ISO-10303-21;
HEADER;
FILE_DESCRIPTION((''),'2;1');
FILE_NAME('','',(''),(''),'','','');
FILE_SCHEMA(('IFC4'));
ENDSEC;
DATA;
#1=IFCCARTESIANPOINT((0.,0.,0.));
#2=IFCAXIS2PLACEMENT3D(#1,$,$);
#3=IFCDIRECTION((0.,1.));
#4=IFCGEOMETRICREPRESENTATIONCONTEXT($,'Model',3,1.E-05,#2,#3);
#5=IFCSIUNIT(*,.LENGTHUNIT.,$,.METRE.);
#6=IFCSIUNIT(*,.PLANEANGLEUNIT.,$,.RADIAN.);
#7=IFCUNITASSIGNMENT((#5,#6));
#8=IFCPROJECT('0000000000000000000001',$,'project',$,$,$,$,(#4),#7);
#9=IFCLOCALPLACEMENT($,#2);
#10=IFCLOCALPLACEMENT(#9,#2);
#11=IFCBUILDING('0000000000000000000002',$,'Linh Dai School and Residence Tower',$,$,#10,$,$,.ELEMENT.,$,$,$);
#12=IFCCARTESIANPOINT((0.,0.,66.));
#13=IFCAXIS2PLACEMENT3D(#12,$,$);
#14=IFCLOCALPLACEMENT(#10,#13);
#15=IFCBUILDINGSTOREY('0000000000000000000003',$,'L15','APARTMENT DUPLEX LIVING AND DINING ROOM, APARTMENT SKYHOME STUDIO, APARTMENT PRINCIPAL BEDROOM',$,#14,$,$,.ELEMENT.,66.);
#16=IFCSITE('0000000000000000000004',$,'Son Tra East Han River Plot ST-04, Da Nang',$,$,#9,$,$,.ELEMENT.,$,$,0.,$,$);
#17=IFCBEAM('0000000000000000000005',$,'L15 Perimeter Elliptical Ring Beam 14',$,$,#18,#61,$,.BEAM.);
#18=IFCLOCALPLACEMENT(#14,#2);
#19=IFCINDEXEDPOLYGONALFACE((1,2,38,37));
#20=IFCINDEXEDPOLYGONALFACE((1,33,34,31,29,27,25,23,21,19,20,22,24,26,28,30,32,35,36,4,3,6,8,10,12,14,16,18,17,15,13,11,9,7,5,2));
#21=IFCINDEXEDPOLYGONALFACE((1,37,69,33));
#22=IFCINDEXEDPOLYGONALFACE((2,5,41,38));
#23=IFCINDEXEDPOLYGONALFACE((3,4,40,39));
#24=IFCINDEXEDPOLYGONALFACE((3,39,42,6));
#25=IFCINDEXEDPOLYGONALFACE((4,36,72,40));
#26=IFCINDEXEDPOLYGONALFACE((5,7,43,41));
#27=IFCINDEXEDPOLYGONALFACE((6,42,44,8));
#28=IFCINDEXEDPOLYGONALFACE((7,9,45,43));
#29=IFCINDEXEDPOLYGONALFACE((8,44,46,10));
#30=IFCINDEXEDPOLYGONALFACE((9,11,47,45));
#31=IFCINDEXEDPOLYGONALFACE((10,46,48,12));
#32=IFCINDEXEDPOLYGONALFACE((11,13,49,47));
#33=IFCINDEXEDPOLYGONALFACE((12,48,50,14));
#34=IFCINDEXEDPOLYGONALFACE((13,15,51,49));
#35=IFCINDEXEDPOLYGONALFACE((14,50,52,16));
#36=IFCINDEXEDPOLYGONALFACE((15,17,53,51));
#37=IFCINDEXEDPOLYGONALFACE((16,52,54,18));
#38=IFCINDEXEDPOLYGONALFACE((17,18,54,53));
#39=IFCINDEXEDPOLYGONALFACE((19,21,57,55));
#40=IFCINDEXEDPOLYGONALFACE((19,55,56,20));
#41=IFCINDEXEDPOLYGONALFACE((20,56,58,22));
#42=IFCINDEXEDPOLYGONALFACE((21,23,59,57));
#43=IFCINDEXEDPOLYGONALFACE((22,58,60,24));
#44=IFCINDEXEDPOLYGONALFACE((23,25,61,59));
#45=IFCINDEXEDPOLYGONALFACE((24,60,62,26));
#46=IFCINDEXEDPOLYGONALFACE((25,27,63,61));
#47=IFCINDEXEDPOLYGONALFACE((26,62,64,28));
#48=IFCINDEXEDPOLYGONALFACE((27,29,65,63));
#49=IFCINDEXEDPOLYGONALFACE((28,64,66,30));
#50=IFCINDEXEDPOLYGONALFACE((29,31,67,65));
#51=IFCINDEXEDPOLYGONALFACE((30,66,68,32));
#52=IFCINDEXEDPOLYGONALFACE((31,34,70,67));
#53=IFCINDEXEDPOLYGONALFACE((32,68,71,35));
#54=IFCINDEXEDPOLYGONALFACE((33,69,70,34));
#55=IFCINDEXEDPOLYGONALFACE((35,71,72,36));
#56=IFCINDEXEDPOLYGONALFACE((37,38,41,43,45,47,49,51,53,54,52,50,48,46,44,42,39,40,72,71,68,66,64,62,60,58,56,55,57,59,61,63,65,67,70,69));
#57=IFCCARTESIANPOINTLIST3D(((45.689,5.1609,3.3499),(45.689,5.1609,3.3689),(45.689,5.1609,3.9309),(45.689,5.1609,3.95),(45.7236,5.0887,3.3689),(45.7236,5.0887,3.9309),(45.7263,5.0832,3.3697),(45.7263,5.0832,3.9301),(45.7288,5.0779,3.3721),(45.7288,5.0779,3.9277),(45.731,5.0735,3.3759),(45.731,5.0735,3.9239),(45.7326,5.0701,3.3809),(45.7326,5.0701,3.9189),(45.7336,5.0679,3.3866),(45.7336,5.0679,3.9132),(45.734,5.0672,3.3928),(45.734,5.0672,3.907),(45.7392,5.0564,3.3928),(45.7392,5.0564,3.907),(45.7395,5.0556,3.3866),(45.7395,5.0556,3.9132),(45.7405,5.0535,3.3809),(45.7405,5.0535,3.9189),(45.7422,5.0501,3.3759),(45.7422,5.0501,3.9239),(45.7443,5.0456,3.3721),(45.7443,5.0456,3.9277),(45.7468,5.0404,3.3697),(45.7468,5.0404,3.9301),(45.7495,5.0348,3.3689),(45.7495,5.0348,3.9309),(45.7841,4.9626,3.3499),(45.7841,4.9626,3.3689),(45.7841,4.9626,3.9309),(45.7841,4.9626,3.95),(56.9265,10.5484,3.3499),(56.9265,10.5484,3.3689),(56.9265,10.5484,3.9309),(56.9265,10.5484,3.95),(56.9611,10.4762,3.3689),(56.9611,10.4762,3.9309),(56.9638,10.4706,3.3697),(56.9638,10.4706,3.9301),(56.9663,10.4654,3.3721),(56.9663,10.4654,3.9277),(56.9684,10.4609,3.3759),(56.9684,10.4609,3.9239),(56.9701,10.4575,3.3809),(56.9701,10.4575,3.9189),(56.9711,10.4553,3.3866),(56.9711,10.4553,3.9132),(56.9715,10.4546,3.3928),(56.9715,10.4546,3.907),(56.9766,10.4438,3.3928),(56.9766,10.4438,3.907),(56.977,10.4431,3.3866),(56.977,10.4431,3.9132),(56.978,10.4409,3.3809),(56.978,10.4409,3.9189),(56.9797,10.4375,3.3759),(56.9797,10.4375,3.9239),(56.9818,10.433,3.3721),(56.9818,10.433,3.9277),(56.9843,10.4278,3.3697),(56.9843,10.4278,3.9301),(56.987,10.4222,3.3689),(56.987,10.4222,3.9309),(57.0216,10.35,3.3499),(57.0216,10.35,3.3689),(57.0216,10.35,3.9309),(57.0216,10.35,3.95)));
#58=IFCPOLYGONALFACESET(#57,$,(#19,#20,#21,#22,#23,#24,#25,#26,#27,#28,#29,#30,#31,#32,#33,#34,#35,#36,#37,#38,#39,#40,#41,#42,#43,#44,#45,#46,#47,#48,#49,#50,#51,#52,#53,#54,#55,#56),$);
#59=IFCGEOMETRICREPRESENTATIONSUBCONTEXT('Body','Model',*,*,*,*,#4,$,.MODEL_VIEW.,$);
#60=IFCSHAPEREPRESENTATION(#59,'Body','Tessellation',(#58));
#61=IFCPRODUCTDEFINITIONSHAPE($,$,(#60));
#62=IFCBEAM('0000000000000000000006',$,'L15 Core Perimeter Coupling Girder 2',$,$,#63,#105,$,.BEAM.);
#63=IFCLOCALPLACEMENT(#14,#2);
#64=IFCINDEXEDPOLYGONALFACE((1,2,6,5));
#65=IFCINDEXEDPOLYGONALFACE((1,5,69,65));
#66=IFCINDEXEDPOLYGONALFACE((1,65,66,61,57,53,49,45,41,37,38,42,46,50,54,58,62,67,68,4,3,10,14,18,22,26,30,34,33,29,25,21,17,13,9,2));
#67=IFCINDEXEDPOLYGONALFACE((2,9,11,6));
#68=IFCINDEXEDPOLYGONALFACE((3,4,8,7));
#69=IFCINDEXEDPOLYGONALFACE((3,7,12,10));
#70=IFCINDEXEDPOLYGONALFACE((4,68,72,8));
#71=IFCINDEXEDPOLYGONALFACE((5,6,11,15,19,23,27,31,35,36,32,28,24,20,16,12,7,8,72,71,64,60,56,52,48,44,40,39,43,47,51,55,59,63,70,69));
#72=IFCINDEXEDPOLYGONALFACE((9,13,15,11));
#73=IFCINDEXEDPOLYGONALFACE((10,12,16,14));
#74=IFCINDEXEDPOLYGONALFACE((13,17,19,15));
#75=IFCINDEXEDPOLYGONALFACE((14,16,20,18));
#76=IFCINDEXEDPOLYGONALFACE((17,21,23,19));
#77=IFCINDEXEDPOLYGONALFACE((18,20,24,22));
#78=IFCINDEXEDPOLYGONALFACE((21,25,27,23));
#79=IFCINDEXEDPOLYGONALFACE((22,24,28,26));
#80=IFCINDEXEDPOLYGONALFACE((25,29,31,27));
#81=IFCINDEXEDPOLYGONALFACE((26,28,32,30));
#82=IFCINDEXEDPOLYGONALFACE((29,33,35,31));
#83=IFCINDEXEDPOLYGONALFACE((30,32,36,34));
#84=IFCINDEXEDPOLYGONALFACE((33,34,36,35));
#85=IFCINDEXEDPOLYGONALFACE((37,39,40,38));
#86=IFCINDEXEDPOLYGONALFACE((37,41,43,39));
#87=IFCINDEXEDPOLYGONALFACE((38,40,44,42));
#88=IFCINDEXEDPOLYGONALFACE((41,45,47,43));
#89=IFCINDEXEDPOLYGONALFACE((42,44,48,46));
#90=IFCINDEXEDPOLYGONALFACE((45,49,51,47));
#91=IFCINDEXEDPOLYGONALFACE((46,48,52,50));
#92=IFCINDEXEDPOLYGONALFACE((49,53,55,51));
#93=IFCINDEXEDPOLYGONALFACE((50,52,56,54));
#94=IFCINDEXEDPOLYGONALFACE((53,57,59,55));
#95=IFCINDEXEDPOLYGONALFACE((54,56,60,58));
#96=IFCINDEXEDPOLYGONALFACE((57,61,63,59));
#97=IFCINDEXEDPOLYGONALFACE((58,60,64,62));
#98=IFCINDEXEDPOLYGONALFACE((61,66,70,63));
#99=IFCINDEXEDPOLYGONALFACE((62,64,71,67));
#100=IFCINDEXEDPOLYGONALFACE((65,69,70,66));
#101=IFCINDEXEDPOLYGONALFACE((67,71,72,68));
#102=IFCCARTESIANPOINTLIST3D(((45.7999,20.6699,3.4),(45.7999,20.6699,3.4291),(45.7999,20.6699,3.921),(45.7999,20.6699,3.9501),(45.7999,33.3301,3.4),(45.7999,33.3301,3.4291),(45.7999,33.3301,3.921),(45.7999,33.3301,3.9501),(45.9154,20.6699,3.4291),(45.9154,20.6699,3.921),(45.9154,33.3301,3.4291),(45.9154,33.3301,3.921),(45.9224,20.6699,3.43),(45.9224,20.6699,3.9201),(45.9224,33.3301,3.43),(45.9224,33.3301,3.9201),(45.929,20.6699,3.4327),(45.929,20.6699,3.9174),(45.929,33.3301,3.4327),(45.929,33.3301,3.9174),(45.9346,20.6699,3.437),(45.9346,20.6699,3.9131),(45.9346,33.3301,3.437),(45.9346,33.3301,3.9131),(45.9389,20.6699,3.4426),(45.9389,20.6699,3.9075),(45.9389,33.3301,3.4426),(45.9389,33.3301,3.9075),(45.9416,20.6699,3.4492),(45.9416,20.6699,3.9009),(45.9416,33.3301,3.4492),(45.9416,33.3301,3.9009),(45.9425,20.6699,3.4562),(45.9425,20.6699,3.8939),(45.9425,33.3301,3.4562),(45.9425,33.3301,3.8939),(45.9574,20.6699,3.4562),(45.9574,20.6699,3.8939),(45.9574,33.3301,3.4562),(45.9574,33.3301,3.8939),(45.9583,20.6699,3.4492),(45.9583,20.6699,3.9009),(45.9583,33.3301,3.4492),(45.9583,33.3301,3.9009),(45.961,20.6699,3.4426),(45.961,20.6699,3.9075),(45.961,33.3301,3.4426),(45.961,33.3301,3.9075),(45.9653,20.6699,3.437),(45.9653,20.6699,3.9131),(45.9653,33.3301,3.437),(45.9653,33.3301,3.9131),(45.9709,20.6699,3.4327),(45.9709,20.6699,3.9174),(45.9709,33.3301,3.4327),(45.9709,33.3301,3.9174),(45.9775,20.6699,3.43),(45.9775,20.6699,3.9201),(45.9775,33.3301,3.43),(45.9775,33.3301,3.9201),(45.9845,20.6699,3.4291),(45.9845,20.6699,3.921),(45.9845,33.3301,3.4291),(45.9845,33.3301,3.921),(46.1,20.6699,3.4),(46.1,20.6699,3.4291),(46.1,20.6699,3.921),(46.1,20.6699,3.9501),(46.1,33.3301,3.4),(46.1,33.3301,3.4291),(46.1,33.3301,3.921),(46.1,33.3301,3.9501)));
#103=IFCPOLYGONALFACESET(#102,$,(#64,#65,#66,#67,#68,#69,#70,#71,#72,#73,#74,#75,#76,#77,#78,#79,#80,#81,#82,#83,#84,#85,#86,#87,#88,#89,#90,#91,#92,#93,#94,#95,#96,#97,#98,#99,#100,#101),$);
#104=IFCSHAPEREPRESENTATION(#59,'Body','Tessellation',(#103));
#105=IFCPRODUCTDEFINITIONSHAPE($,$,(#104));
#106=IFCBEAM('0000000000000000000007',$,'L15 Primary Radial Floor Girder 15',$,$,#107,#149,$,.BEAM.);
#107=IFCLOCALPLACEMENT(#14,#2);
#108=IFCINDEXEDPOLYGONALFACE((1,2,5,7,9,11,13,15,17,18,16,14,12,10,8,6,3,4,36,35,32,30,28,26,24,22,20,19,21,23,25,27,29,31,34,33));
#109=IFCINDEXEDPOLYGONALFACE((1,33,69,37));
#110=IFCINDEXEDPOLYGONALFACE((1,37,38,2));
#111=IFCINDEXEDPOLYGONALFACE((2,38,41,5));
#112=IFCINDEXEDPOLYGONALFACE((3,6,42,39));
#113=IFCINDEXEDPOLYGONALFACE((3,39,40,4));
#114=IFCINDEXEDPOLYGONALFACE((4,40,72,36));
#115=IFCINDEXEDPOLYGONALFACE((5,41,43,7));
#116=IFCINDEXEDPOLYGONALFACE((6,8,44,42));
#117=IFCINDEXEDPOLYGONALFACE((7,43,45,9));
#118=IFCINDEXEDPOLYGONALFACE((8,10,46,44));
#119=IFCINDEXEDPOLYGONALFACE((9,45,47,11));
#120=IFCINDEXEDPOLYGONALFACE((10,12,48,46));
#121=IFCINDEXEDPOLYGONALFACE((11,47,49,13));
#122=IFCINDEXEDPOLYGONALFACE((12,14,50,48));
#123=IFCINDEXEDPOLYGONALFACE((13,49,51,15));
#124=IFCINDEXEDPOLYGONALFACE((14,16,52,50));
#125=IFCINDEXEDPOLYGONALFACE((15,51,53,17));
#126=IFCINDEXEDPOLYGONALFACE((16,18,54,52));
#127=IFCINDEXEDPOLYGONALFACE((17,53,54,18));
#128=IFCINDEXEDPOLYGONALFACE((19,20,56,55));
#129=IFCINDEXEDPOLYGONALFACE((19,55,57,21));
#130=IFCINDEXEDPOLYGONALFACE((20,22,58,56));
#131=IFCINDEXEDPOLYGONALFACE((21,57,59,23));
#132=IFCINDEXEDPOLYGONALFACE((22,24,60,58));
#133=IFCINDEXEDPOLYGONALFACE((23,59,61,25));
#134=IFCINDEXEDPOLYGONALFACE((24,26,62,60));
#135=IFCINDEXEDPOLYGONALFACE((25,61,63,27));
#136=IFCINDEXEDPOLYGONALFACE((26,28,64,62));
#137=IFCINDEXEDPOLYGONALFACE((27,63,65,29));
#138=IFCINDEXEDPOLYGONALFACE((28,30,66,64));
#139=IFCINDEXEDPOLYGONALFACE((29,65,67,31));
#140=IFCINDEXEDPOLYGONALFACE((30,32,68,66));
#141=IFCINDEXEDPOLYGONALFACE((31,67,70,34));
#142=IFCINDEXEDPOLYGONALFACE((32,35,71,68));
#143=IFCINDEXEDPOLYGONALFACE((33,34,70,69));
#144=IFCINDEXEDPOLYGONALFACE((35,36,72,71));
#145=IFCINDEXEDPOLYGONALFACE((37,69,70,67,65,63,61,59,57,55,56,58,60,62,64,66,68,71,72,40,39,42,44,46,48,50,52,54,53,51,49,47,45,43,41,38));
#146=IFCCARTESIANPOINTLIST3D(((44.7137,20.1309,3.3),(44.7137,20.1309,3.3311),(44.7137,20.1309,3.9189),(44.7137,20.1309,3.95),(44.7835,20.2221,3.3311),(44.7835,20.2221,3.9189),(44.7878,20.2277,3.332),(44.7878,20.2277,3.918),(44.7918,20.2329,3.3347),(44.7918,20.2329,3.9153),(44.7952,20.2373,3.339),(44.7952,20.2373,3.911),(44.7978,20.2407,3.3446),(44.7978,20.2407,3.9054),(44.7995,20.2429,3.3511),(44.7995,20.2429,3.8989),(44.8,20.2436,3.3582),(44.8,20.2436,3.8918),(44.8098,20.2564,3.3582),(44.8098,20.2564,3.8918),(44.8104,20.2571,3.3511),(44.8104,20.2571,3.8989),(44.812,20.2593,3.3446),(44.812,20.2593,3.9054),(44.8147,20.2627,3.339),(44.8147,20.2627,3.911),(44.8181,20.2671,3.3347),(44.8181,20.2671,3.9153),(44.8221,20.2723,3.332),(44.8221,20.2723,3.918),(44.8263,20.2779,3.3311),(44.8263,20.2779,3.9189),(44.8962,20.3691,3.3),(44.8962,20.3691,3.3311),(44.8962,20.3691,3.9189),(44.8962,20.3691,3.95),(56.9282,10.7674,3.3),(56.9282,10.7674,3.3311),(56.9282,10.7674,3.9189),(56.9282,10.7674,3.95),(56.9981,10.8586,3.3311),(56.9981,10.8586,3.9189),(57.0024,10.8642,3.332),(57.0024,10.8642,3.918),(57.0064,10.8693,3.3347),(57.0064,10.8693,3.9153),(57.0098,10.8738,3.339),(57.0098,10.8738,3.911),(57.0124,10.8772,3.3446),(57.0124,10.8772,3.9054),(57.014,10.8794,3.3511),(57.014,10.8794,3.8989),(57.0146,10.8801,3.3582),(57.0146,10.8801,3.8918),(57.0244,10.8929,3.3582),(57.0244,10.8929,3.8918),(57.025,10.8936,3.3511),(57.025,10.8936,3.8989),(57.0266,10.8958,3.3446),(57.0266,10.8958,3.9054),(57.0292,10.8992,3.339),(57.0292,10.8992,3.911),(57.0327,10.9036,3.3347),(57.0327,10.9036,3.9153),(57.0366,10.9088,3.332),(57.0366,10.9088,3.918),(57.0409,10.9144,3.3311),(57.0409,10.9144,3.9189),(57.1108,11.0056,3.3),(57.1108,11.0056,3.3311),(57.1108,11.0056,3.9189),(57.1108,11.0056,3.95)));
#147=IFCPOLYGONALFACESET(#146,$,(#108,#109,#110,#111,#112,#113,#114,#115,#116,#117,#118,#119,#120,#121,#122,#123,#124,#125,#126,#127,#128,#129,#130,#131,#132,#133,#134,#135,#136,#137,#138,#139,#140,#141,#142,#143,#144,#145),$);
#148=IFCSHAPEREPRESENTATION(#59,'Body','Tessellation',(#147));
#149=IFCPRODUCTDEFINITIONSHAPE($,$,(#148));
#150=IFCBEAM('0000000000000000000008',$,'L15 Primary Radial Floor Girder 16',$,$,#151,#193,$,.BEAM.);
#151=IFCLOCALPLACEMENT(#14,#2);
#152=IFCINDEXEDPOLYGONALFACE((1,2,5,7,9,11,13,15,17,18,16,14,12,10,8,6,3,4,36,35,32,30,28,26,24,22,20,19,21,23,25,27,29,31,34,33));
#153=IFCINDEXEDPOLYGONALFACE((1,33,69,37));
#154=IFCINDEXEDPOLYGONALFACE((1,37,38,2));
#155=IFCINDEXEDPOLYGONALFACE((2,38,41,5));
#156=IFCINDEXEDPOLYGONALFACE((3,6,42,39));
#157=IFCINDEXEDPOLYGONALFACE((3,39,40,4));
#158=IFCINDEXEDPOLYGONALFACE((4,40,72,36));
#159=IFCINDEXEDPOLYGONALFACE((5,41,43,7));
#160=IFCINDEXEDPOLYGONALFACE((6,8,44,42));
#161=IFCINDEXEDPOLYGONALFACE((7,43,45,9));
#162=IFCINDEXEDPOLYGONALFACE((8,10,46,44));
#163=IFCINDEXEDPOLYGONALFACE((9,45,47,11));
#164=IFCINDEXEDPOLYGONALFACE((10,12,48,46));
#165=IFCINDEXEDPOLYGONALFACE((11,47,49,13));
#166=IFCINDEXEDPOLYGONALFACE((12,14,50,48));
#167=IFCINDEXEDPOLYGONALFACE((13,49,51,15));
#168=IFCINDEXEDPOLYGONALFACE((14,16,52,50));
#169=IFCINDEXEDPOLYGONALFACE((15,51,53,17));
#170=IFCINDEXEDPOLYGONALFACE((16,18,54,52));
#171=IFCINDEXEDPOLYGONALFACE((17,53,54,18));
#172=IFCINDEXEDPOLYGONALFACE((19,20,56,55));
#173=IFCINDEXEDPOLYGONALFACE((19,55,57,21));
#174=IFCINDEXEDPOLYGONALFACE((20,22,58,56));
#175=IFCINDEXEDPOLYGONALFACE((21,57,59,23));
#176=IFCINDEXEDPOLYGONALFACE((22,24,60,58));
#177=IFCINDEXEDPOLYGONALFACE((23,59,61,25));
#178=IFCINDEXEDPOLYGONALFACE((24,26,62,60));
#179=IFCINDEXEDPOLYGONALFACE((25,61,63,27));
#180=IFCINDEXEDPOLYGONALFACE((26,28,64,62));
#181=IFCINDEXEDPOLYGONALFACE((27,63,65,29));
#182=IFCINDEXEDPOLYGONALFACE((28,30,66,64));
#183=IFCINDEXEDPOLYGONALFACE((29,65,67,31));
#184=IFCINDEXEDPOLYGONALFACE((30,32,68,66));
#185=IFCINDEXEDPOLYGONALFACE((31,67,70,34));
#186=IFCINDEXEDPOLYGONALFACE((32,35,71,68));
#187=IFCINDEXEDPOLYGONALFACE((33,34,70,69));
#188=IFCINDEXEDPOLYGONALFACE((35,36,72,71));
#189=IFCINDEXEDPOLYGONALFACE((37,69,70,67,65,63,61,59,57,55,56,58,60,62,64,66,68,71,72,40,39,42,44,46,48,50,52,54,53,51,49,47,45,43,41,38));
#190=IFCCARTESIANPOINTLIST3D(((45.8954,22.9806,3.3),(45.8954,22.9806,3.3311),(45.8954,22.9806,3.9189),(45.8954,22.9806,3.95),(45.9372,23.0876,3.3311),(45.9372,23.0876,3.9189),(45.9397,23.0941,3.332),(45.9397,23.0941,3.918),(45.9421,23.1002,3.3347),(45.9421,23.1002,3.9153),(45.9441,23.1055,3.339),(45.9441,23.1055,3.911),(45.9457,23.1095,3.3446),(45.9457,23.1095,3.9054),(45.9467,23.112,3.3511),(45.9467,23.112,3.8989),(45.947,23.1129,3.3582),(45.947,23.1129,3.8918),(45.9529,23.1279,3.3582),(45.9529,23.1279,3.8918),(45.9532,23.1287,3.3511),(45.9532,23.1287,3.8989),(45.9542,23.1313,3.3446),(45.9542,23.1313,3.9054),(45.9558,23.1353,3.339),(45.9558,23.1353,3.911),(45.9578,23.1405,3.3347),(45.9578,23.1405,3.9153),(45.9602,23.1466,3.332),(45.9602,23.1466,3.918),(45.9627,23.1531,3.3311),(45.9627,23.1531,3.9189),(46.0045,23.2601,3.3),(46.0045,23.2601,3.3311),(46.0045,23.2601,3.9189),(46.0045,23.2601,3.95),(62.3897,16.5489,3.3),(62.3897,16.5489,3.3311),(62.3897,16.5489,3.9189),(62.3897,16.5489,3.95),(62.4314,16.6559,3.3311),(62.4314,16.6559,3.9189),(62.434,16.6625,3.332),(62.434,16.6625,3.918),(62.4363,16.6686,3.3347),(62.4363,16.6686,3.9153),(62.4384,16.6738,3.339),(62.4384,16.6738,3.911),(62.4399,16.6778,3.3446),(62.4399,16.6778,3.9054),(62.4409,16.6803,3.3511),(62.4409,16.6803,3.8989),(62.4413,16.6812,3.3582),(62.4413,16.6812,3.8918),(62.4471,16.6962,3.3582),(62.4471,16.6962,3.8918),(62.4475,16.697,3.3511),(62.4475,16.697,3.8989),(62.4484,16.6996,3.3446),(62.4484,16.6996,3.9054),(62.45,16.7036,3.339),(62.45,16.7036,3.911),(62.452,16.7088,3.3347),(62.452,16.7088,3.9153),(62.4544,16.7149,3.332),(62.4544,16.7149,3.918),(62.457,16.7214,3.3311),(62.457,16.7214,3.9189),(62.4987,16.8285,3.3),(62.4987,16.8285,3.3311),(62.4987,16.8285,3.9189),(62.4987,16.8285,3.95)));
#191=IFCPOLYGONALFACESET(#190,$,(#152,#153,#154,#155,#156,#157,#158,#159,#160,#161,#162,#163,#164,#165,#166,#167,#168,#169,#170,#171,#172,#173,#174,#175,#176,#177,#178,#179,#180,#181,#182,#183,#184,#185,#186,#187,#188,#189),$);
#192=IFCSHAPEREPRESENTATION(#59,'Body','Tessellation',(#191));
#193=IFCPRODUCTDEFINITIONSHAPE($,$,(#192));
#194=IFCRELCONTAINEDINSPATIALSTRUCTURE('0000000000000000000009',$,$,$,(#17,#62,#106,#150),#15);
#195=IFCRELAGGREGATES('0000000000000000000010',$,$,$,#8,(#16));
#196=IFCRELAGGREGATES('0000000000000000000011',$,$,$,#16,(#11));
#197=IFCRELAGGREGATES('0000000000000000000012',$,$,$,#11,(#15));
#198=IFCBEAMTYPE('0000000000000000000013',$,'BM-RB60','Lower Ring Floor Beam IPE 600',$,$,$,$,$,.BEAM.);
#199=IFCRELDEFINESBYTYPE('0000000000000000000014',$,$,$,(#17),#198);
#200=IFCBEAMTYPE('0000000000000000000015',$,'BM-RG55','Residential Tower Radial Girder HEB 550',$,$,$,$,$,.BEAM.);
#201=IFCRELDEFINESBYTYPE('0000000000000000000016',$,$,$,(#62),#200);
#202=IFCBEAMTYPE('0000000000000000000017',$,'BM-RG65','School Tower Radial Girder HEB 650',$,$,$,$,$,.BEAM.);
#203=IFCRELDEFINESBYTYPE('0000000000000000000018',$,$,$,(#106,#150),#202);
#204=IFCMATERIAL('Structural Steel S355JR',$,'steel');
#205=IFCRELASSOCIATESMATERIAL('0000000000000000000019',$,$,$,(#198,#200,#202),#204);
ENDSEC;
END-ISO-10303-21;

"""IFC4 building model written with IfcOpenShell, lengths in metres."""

from ifc_helpers import new_model, si_unit, direction, frame, origin, origin_2d, place, context, subcontext, project, spatial, i_section, extrude, material, material_profile, profile_set, type_object, element, save


model = new_model("IFC4")

# Units and contexts
model_context = context("Model", 3, precision=1e-05, world=origin(), true_north=direction((0.0, 1.0)))
body_context = subcontext(model_context, "Body", "Model", "MODEL_VIEW")
ifc_project = project(units=[si_unit("LENGTHUNIT", "METRE"), si_unit("PLANEANGLEUNIT", "RADIAN")], contexts=[model_context])

# Site, building, storey
site_placement = place(None, origin())
site = spatial("IfcSite", under=ifc_project, at=site_placement, Name="Son Tra East Han River Plot ST-04, Da Nang", CompositionType="ELEMENT", RefElevation=0.0)
building_placement = place(site_placement, origin())
building = spatial("IfcBuilding", under=site, at=building_placement, Name="Linh Dai School and Residence Tower", CompositionType="ELEMENT")
storey_placement = place(building_placement, frame((0.0, 0.0, 66.0)))
storey = spatial("IfcBuildingStorey", under=building, at=storey_placement, Name="L15", Description="APARTMENT DUPLEX LIVING AND DINING ROOM, APARTMENT SKYHOME STUDIO, APARTMENT PRINCIPAL BEDROOM", CompositionType="ELEMENT", Elevation=66.0)

# Shared definitions
ifc_material_1 = material(Name="Structural Steel S355JR", Category="steel")

# Beams
ifc_material_profile_1 = material_profile(ifc_material_1, i_section(OverallWidth=0.22, OverallDepth=0.6001, WebThickness=0.012, FlangeThickness=0.019, FilletRadius=0.0239, at=origin_2d()), Name="IPE 600")
ifc_profile_set_1 = profile_set([ifc_material_profile_1], Name="Structural Steel S355JR")
beam_type_1 = type_object("IfcBeamType", Name="BM-RB60", Description="Lower Ring Floor Beam IPE 600", PredefinedType="BEAM", material=ifc_profile_set_1)
beam_1_placement = place(storey_placement, frame((45.7366, 5.0618, 3.6499), z_axis=(0.901729, 0.432302, 0.0), x_axis=(-0.432302, 0.901729, 0.0)))
element("IfcBeam", 1, at=beam_1_placement, inside=storey, type_object=beam_type_1, Name="L15 Perimeter Elliptical Ring Beam 14", PredefinedType="BEAM", context=body_context, shape_type="SweptSolid", body=[
    extrude(i_section(OverallWidth=0.22, OverallDepth=0.6001, WebThickness=0.012, FlangeThickness=0.019, FilletRadius=0.0239, at=origin_2d()), origin(), (0.0, 0.0, 1.0), 12.4622),
])
ifc_material_profile_2 = material_profile(ifc_material_1, i_section(OverallWidth=0.3, OverallDepth=0.55, WebThickness=0.0149, FlangeThickness=0.0291, FilletRadius=0.0271, at=origin_2d()), Name="HEB 550")
ifc_profile_set_2 = profile_set([ifc_material_profile_2], Name="Structural Steel S355JR")
beam_type_2 = type_object("IfcBeamType", Name="BM-RG55", Description="Residential Tower Radial Girder HEB 550", PredefinedType="BEAM", material=ifc_profile_set_2)
beam_2_placement = place(storey_placement, frame((45.95, 20.6699, 3.675), z_axis=(0.0, 1.0, 0.0), x_axis=(-1.0, 0.0, 0.0)))
element("IfcBeam", 2, at=beam_2_placement, inside=storey, type_object=beam_type_2, Name="L15 Core Perimeter Coupling Girder 2", PredefinedType="BEAM", context=body_context, shape_type="SweptSolid", body=[
    extrude(i_section(OverallWidth=0.3, OverallDepth=0.55, WebThickness=0.0149, FlangeThickness=0.0291, FilletRadius=0.0271, at=origin_2d()), origin(), (0.0, 0.0, 1.0), 12.6602),
])
ifc_material_profile_3 = material_profile(ifc_material_1, i_section(OverallWidth=0.3, OverallDepth=0.6499, WebThickness=0.0161, FlangeThickness=0.031, FilletRadius=0.0271, at=origin_2d()), Name="HEB 650")
ifc_profile_set_3 = profile_set([ifc_material_profile_3], Name="Structural Steel S355JR")
beam_type_3 = type_object("IfcBeamType", Name="BM-RG65", Description="School Tower Radial Girder HEB 650", PredefinedType="BEAM", material=ifc_profile_set_3)
beam_3_placement = place(storey_placement, frame((44.8049, 20.25, 3.625), z_axis=(0.793638, -0.608391, 0.0), x_axis=(0.608391, 0.793638, 0.0)))
element("IfcBeam", 3, at=beam_3_placement, inside=storey, type_object=beam_type_3, Name="L15 Primary Radial Floor Girder 15", PredefinedType="BEAM", context=body_context, shape_type="SweptSolid", body=[
    extrude(i_section(OverallWidth=0.3, OverallDepth=0.6499, WebThickness=0.0161, FlangeThickness=0.031, FilletRadius=0.0271, at=origin_2d()), origin(), (0.0, 0.0, 1.0), 15.3906),
])
beam_4_placement = place(storey_placement, frame((45.95, 23.1204, 3.625), z_axis=(0.931675, -0.363293, 0.0), x_axis=(0.363293, 0.931675, 0.0)))
element("IfcBeam", 4, at=beam_4_placement, inside=storey, type_object=beam_type_3, Name="L15 Primary Radial Floor Girder 16", PredefinedType="BEAM", context=body_context, shape_type="SweptSolid", body=[
    extrude(i_section(OverallWidth=0.3, OverallDepth=0.6499, WebThickness=0.0161, FlangeThickness=0.031, FilletRadius=0.0271, at=origin_2d()), origin(), (0.0, 0.0, 1.0), 17.7039),
])

save(model, "model.ifc")
